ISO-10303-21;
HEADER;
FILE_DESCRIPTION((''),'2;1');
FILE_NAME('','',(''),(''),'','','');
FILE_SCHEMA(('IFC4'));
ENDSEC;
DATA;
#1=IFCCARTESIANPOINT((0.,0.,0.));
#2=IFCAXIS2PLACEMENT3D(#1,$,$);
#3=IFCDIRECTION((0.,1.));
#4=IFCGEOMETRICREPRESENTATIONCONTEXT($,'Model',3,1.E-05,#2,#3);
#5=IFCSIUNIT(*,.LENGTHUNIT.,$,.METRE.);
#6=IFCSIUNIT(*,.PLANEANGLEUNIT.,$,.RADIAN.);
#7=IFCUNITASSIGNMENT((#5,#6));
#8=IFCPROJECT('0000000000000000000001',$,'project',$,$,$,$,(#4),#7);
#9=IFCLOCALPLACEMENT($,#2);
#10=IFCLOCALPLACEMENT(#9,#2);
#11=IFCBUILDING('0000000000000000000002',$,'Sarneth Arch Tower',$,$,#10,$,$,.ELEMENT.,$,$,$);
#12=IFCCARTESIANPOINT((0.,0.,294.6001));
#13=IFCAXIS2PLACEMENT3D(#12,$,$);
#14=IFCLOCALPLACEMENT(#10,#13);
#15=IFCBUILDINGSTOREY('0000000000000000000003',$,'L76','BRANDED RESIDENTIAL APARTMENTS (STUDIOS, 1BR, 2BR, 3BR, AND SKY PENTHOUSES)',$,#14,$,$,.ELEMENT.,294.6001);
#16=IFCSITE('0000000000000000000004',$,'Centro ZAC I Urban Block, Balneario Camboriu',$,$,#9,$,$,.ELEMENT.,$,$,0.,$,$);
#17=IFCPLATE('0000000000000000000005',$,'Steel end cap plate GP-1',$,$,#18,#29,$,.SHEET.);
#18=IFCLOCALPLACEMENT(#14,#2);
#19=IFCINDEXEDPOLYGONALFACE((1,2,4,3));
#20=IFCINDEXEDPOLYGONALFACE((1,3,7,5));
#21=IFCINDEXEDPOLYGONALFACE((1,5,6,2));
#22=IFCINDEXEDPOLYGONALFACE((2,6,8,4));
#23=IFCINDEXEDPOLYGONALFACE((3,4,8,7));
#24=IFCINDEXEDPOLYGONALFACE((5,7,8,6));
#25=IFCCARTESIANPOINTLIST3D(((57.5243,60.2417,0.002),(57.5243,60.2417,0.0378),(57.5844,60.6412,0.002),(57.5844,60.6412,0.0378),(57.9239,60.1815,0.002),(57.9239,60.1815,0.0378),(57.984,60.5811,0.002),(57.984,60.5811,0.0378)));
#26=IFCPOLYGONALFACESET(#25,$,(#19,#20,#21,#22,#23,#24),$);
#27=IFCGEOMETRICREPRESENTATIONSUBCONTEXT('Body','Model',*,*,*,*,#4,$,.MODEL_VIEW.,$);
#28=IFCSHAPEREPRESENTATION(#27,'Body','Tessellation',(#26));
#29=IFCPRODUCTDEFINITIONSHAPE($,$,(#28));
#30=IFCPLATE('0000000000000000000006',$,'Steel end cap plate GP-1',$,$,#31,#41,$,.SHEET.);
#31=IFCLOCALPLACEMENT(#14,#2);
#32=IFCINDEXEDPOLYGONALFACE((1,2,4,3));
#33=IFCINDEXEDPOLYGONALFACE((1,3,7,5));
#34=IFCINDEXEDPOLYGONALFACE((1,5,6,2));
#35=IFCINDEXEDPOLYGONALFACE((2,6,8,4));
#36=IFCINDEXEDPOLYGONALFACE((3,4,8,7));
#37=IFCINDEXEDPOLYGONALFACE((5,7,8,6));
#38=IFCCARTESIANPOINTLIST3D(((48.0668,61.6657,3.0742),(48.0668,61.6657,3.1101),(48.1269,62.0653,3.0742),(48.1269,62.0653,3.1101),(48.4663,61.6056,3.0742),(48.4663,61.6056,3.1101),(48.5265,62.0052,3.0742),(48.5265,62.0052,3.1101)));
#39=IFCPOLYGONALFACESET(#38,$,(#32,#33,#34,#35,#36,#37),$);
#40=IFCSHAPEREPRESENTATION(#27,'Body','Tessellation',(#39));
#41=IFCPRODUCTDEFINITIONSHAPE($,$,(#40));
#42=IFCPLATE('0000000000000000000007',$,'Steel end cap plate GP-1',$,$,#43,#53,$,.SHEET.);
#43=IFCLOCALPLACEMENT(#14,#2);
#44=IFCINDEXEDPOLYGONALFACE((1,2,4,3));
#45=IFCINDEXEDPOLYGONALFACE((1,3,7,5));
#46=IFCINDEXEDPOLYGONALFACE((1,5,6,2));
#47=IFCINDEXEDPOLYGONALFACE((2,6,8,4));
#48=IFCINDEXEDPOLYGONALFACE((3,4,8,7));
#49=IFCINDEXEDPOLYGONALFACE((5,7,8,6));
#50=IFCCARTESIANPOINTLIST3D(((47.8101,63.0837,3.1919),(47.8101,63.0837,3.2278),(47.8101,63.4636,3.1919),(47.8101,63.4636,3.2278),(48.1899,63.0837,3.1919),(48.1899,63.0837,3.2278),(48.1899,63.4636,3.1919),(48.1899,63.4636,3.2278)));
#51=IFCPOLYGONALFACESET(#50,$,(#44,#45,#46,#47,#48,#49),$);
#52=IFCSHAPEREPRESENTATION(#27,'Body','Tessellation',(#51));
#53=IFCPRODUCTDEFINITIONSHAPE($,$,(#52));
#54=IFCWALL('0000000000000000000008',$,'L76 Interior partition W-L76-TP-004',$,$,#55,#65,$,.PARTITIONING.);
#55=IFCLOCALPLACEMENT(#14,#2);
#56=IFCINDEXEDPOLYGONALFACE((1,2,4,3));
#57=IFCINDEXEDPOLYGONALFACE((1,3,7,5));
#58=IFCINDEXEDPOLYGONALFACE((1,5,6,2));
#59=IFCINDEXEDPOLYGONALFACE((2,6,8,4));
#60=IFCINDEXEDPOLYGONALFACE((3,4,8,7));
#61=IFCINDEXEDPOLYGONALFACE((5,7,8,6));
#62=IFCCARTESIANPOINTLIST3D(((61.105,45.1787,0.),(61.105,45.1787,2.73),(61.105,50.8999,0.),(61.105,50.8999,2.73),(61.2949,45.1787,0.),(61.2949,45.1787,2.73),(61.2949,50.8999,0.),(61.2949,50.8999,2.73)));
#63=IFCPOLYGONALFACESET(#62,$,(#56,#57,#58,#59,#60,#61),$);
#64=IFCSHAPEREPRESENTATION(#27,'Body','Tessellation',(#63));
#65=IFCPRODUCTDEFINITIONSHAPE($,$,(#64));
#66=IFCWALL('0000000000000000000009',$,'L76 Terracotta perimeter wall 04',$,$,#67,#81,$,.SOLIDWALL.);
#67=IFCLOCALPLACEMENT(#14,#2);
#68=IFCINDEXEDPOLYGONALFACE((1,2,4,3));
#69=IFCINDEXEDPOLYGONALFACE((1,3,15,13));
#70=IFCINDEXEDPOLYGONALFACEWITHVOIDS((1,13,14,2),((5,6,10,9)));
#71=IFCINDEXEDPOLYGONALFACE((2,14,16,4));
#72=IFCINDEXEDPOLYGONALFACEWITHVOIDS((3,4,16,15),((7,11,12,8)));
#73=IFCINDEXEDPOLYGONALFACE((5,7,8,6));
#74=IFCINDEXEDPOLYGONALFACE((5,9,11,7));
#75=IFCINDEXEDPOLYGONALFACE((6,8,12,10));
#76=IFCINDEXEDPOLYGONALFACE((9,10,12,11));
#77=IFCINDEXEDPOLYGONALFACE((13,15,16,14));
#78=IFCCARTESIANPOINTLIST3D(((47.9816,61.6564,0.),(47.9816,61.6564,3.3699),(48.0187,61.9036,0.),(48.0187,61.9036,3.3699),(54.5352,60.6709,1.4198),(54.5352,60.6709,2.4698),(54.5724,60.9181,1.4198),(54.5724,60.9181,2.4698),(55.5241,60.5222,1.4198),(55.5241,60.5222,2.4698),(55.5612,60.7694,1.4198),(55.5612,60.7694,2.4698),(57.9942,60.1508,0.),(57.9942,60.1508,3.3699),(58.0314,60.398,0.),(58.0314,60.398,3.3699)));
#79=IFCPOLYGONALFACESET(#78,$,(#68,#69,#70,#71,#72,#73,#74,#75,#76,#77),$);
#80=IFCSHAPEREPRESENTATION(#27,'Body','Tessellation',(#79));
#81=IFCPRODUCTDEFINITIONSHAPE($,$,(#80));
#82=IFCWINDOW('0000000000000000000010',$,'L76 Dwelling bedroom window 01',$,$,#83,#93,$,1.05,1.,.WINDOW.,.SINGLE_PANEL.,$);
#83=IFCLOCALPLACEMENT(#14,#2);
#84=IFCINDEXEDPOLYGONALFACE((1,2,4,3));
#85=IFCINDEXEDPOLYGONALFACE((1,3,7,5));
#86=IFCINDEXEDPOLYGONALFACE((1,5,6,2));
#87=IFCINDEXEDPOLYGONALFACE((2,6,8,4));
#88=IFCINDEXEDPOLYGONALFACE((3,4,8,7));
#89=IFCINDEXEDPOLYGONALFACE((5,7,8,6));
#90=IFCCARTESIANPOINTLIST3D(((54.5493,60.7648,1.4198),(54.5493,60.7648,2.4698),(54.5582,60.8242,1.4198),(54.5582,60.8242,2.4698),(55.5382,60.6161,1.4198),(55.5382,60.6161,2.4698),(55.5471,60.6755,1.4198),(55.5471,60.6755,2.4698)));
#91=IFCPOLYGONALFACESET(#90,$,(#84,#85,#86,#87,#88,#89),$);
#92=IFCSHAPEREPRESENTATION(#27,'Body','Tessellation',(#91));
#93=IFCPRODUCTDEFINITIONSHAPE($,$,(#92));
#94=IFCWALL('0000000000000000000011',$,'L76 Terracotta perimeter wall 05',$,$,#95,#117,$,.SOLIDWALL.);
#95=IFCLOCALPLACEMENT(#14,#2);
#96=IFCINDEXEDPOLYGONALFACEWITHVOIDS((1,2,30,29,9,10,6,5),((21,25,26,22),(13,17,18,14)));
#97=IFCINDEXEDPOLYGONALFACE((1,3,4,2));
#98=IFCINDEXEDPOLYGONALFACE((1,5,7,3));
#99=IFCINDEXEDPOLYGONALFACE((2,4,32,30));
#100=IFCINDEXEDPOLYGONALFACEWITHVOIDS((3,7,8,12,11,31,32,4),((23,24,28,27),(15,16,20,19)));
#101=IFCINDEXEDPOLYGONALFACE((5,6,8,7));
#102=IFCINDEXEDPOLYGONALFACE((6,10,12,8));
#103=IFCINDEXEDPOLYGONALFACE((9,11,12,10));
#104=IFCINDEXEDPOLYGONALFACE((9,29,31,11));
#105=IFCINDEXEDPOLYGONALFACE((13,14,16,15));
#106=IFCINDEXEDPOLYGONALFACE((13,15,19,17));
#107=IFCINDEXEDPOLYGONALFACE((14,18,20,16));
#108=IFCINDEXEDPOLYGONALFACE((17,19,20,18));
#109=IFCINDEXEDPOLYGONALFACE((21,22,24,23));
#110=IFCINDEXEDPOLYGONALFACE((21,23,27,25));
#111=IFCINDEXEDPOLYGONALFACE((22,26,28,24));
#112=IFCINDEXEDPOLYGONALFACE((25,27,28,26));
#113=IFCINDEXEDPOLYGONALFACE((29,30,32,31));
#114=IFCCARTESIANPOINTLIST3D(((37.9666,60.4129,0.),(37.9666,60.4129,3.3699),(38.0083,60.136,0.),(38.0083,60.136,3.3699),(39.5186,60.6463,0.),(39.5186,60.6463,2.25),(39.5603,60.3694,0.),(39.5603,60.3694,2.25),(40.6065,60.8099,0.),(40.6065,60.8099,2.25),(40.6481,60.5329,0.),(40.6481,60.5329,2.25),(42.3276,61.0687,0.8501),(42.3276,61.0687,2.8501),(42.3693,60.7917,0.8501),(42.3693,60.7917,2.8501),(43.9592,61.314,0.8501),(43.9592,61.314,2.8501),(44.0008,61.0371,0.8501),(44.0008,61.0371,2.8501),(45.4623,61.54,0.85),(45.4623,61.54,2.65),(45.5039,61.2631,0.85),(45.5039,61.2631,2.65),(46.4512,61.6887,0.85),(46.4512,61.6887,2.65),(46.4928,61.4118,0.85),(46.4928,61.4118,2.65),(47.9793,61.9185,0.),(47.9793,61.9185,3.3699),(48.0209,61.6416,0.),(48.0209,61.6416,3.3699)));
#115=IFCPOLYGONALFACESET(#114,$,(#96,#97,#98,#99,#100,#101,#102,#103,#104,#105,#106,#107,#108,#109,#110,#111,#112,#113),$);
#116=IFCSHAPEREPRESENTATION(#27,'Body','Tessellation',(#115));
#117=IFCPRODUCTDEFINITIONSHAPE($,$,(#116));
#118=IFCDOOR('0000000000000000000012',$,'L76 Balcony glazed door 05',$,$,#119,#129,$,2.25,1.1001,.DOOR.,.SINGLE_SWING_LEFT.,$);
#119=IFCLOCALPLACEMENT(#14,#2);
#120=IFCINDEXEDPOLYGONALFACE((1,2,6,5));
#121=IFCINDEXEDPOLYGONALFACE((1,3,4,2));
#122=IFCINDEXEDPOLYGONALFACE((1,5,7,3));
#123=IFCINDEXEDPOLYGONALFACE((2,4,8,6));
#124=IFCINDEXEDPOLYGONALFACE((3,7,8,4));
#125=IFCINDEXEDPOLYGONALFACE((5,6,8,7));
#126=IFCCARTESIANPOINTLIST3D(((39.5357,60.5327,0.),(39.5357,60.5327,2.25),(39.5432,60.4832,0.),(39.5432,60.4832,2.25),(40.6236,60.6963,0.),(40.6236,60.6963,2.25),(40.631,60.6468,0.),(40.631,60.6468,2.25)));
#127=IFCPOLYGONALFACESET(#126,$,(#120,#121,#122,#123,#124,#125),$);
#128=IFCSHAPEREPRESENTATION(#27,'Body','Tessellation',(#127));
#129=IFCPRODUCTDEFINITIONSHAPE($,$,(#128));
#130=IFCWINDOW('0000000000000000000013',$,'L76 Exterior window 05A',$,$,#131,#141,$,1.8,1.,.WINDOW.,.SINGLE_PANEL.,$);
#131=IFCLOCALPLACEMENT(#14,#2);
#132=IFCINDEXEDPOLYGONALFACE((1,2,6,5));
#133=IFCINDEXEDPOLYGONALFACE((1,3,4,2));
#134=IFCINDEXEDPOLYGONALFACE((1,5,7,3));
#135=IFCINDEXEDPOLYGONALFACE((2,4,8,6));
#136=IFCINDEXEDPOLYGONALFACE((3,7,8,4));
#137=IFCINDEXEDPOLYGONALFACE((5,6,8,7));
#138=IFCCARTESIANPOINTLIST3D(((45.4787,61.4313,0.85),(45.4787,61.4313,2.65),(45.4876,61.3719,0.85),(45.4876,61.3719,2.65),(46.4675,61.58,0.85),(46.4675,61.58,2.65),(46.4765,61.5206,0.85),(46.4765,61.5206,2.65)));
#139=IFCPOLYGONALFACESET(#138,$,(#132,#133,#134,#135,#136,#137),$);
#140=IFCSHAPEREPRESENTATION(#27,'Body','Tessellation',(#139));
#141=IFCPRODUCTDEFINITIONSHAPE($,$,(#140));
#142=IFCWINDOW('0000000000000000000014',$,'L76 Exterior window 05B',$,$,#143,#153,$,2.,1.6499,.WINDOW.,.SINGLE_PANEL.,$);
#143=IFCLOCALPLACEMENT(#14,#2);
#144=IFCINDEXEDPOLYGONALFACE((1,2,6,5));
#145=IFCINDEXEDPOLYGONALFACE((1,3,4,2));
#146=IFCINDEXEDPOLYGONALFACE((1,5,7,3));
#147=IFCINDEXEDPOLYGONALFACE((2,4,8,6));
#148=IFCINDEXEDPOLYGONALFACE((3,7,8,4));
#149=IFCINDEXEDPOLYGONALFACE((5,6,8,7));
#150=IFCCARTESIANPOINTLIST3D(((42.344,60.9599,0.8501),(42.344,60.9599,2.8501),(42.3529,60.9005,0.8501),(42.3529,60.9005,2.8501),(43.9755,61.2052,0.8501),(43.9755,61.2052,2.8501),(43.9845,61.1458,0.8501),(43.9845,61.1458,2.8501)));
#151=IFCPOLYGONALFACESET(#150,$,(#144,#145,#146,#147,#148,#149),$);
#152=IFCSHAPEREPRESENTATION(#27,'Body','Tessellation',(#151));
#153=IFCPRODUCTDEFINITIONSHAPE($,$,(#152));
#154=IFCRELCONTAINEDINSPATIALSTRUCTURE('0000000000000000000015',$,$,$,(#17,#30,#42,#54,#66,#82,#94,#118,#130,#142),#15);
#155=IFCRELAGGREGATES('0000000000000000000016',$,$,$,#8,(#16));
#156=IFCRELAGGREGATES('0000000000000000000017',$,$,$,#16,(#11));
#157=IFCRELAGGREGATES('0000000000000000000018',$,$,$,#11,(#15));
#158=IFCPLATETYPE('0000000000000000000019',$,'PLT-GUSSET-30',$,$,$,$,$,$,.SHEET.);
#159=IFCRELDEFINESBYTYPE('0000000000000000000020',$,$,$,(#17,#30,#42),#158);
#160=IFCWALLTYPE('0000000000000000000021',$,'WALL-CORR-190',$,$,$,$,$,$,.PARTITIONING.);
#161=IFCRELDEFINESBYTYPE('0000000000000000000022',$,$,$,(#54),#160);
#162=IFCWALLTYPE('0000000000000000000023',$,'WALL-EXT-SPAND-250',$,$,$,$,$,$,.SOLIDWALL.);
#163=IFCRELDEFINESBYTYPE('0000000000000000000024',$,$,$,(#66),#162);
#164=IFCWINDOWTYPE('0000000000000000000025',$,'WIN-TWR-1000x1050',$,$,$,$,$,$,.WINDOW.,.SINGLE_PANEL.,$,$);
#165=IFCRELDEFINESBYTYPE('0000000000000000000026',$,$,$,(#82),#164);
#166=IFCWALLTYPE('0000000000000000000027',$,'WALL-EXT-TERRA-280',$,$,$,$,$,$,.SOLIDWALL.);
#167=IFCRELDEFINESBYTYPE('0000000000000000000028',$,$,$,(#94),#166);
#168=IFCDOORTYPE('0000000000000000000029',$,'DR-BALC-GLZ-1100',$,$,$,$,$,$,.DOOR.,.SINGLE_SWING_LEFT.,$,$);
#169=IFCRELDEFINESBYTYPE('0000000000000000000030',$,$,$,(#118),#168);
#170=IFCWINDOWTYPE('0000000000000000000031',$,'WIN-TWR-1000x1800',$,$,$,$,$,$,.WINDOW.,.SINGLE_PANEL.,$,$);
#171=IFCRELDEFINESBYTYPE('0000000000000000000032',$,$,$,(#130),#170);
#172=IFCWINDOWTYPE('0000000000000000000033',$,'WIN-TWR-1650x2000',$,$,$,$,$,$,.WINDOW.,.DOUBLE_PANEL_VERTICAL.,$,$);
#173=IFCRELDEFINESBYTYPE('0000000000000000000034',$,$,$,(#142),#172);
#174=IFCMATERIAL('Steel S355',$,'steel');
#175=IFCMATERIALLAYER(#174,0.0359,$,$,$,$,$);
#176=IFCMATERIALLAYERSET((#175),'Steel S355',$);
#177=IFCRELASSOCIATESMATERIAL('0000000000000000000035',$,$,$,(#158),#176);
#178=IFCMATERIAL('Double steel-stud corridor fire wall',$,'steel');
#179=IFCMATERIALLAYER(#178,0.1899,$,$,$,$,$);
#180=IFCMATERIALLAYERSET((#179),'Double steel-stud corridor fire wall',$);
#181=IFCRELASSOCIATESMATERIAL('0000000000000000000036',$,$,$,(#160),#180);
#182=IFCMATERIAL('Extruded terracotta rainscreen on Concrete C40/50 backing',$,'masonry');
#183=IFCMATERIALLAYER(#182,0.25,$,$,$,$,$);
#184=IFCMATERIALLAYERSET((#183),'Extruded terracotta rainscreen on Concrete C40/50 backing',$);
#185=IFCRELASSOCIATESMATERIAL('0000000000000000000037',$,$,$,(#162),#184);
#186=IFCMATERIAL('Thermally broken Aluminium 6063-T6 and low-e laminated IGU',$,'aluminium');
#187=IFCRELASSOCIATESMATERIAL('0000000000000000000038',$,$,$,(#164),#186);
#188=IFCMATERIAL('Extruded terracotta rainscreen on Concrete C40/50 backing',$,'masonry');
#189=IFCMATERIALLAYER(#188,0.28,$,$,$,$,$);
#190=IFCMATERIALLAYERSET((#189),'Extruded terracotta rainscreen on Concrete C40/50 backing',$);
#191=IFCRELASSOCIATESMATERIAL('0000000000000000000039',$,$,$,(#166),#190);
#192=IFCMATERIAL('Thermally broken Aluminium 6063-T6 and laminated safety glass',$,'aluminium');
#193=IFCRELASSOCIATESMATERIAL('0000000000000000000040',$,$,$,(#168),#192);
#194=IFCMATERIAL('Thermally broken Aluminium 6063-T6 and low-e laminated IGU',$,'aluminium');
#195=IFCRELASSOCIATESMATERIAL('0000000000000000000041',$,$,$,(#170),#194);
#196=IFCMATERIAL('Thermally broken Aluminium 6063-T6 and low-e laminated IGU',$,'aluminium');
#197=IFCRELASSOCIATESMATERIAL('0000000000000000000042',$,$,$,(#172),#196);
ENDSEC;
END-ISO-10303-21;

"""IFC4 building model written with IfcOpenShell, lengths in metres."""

from ifc_helpers import new_model, si_unit, direction, frame, frame_2d, origin, origin_2d, place, context, subcontext, project, spatial, rectangle, extrude, material, layer, layer_set, type_object, element, fill, save


model = new_model("IFC4")

# Units and contexts
model_context = context("Model", 3, precision=1e-05, world=origin(), true_north=direction((0.0, 1.0)))
body_context = subcontext(model_context, "Body", "Model", "MODEL_VIEW")
ifc_project = project(units=[si_unit("LENGTHUNIT", "METRE"), si_unit("PLANEANGLEUNIT", "RADIAN")], contexts=[model_context])

# Site, building, storey
site_placement = place(None, origin())
site = spatial("IfcSite", under=ifc_project, at=site_placement, Name="Centro ZAC I Urban Block, Balneario Camboriu", CompositionType="ELEMENT", RefElevation=0.0)
building_placement = place(site_placement, origin())
building = spatial("IfcBuilding", under=site, at=building_placement, Name="Sarneth Arch Tower", CompositionType="ELEMENT")
storey_placement = place(building_placement, frame((0.0, 0.0, 294.6001)))
storey = spatial("IfcBuildingStorey", under=building, at=storey_placement, Name="L76", Description="BRANDED RESIDENTIAL APARTMENTS (STUDIOS, 1BR, 2BR, 3BR, AND SKY PENTHOUSES)", CompositionType="ELEMENT", Elevation=294.6001)

# Plates
ifc_material_1 = material(Name="Steel S355", Category="steel")
ifc_layer_1 = layer(ifc_material_1, 0.0359)
ifc_layer_set_1 = layer_set([ifc_layer_1], Name="Steel S355")
plate_type = type_object("IfcPlateType", Name="PLT-GUSSET-30", PredefinedType="SHEET", material=ifc_layer_set_1)
for number, where, z_axis, x_axis, name in (
    (1, (57.7542, 60.4114, 0.002), (0.0, 0.0, 1.0), (-0.988861, 0.148845, 0.0), "Steel end cap plate GP-1"),
    (2, (48.2966, 61.8354, 3.0742), (0.0, 0.0, 1.0), (-0.988861, 0.148845, 0.0), "Steel end cap plate GP-1"),
):
    element("IfcPlate", number, at=place(storey_placement, frame(where, z_axis=z_axis, x_axis=x_axis)), inside=storey, type_object=plate_type, Name=name, PredefinedType="SHEET", context=body_context, shape_type="SweptSolid", body=[
        extrude(rectangle(XDim=0.4041, YDim=0.4041, at=origin_2d()), origin(), (0.0, 0.0, 1.0), 0.0359),
    ])
plate_placement = place(storey_placement, frame((48.0, 63.2737, 3.1919), z_axis=(0.0, 0.0, 1.0), x_axis=(0.0, 1.0, 0.0)))
element("IfcPlate", 3, at=plate_placement, inside=storey, type_object=plate_type, Name="Steel end cap plate GP-1", PredefinedType="SHEET", context=body_context, shape_type="SweptSolid", body=[
    extrude(rectangle(XDim=0.3799, YDim=0.3799, at=origin_2d()), origin(), (0.0, 0.0, 1.0), 0.0359),
])

# Wall
ifc_material_2 = material(Name="Double steel-stud corridor fire wall", Category="steel")
ifc_layer_2 = layer(ifc_material_2, 0.1899)
ifc_layer_set_2 = layer_set([ifc_layer_2], Name="Double steel-stud corridor fire wall")
wall_type_1 = type_object("IfcWallType", Name="WALL-CORR-190", PredefinedType="PARTITIONING", material=ifc_layer_set_2)
wall_1_placement = place(storey_placement, frame((61.2, 50.8999, 0.0), z_axis=(0.0, 0.0, 1.0), x_axis=(0.0, -1.0, 0.0)))
element("IfcWall", 4, at=wall_1_placement, inside=storey, type_object=wall_type_1, Name="L76 Interior partition W-L76-TP-004", PredefinedType="PARTITIONING", context=body_context, shape_type="SweptSolid", body=[
    extrude(rectangle(XDim=5.7212, YDim=0.1899, at=frame_2d((2.8606, 0.0))), origin(), (0.0, 0.0, 1.0), 2.73),
])

# Wall, opening, window
ifc_material_3 = material(Name="Extruded terracotta rainscreen on Concrete C40/50 backing", Category="masonry")
ifc_layer_3 = layer(ifc_material_3, 0.25)
ifc_layer_set_3 = layer_set([ifc_layer_3], Name="Extruded terracotta rainscreen on Concrete C40/50 backing")
wall_type_2 = type_object("IfcWallType", Name="WALL-EXT-SPAND-250", PredefinedType="SOLIDWALL", material=ifc_layer_set_3)
wall_2_placement = place(storey_placement, frame((58.0127, 60.2744, 0.0), z_axis=(0.0, 0.0, 1.0), x_axis=(-0.988883, 0.148699, 0.0)))
wall_2 = element("IfcWall", 5, at=wall_2_placement, inside=storey, type_object=wall_type_2, Name="L76 Terracotta perimeter wall 04", PredefinedType="SOLIDWALL", context=body_context, shape_type="SweptSolid", body=[
    extrude(rectangle(XDim=10.1252, YDim=0.25, at=frame_2d((5.0625, 0.0))), origin(), (0.0, 0.0, 1.0), 3.3699),
])
opening_1_placement = place(wall_2_placement, frame((2.4978, 0.0, 1.4199)))
opening_1 = element("IfcOpeningElement", 6, at=opening_1_placement, cuts=wall_2, PredefinedType="OPENING", context=body_context, shape_type="SweptSolid", body=[
    extrude(rectangle(XDim=1.0, YDim=1.05, at=frame_2d((0.5, 0.5249))), frame((0.0, 0.135, 0.0), z_axis=(0.0, -1.0, 0.0), x_axis=(1.0, 0.0, 0.0)), (0.0, 0.0, 1.0), 0.27),
])
ifc_material_4 = material(Name="Thermally broken Aluminium 6063-T6 and low-e laminated IGU", Category="aluminium")
window_type_1 = type_object("IfcWindowType", Name="WIN-TWR-1000x1050", PartitioningType="SINGLE_PANEL", PredefinedType="WINDOW", material=ifc_material_4)
window_1_placement = place(opening_1_placement, origin())
window_1 = element("IfcWindow", 7, at=window_1_placement, inside=storey, type_object=window_type_1, Name="L76 Dwelling bedroom window 01", OverallHeight=1.05, OverallWidth=1.0, PartitioningType="SINGLE_PANEL", PredefinedType="WINDOW", context=body_context, shape_type="SweptSolid", body=[
    extrude(rectangle(XDim=1.0, YDim=1.05, at=frame_2d((0.5, 0.5249))), frame((0.0, 0.03, 0.0), z_axis=(0.0, -1.0, 0.0), x_axis=(1.0, 0.0, 0.0)), (0.0, 0.0, 1.0), 0.0601),
])
fill(opening_1, window_1)

# Wall, openings, door, windows
ifc_material_5 = material(Name="Extruded terracotta rainscreen on Concrete C40/50 backing", Category="masonry")
ifc_layer_4 = layer(ifc_material_5, 0.28)
ifc_layer_set_4 = layer_set([ifc_layer_4], Name="Extruded terracotta rainscreen on Concrete C40/50 backing")
wall_type_3 = type_object("IfcWallType", Name="WALL-EXT-TERRA-280", PredefinedType="SOLIDWALL", material=ifc_layer_set_4)
wall_3_placement = place(storey_placement, frame((48.0, 61.78, 0.0), z_axis=(0.0, 0.0, 1.0), x_axis=(-0.988883, -0.148699, 0.0)))
wall_3 = element("IfcWall", 8, at=wall_3_placement, inside=storey, type_object=wall_type_3, Name="L76 Terracotta perimeter wall 05", PredefinedType="SOLIDWALL", context=body_context, shape_type="SweptSolid", body=[
    extrude(rectangle(XDim=10.1252, YDim=0.28, at=frame_2d((5.0625, 0.0))), origin(), (0.0, 0.0, 1.0), 3.3699),
])
opening_2_placement = place(wall_3_placement, frame((1.5452, 0.0, 0.8501)))
opening_2 = element("IfcOpeningElement", 9, at=opening_2_placement, cuts=wall_3, PredefinedType="OPENING", context=body_context, shape_type="SweptSolid", body=[
    extrude(rectangle(XDim=1.0, YDim=1.8, at=frame_2d((0.5, 0.8999))), frame((0.0, 0.1499, 0.0), z_axis=(0.0, -1.0, 0.0), x_axis=(1.0, 0.0, 0.0)), (0.0, 0.0, 1.0), 0.3),
])
opening_3_placement = place(wall_3_placement, frame((4.0652, 0.0, 0.8501)))
opening_3 = element("IfcOpeningElement", 10, at=opening_3_placement, cuts=wall_3, PredefinedType="OPENING", context=body_context, shape_type="SweptSolid", body=[
    extrude(rectangle(XDim=1.6499, YDim=2.0, at=frame_2d((0.825, 1.0))), frame((0.0, 0.1499, 0.0), z_axis=(0.0, -1.0, 0.0), x_axis=(1.0, 0.0, 0.0)), (0.0, 0.0, 1.0), 0.3),
])
opening_4_placement = place(wall_3_placement, frame((7.4556, 0.0, 0.0)))
opening_4 = element("IfcOpeningElement", 11, at=opening_4_placement, cuts=wall_3, PredefinedType="OPENING", context=body_context, shape_type="SweptSolid", body=[
    extrude(rectangle(XDim=1.1001, YDim=2.25, at=frame_2d((0.55, 1.125))), frame((0.0, 0.1499, 0.0), z_axis=(0.0, -1.0, 0.0), x_axis=(1.0, 0.0, 0.0)), (0.0, 0.0, 1.0), 0.3),
])
ifc_material_6 = material(Name="Thermally broken Aluminium 6063-T6 and laminated safety glass", Category="aluminium")
door_type_1 = type_object("IfcDoorType", Name="DR-BALC-GLZ-1100", OperationType="SINGLE_SWING_LEFT", PredefinedType="DOOR", material=ifc_material_6)
door_1_placement = place(opening_4_placement, origin())
door_1 = element("IfcDoor", 12, at=door_1_placement, inside=storey, type_object=door_type_1, Name="L76 Balcony glazed door 05", OperationType="SINGLE_SWING_LEFT", OverallHeight=2.25, OverallWidth=1.1001, PredefinedType="DOOR", context=body_context, shape_type="SweptSolid", body=[
    extrude(rectangle(XDim=1.1001, YDim=2.25, at=frame_2d((0.55, 1.125))), frame((0.0, 0.0249, 0.0), z_axis=(0.0, -1.0, 0.0), x_axis=(1.0, 0.0, 0.0)), (0.0, 0.0, 1.0), 0.05),
])
fill(opening_4, door_1)
ifc_material_7 = material(Name="Thermally broken Aluminium 6063-T6 and low-e laminated IGU", Category="aluminium")
window_type_2 = type_object("IfcWindowType", Name="WIN-TWR-1000x1800", PartitioningType="SINGLE_PANEL", PredefinedType="WINDOW", material=ifc_material_7)
window_2_placement = place(opening_2_placement, origin())
window_2 = element("IfcWindow", 13, at=window_2_placement, inside=storey, type_object=window_type_2, Name="L76 Exterior window 05A", OverallHeight=1.8, OverallWidth=1.0, PartitioningType="SINGLE_PANEL", PredefinedType="WINDOW", context=body_context, shape_type="SweptSolid", body=[
    extrude(rectangle(XDim=1.0, YDim=1.8, at=frame_2d((0.5, 0.8999))), frame((0.0, 0.03, 0.0), z_axis=(0.0, -1.0, 0.0), x_axis=(1.0, 0.0, 0.0)), (0.0, 0.0, 1.0), 0.0601),
])
fill(opening_2, window_2)
ifc_material_8 = material(Name="Thermally broken Aluminium 6063-T6 and low-e laminated IGU", Category="aluminium")
window_type_3 = type_object("IfcWindowType", Name="WIN-TWR-1650x2000", PartitioningType="DOUBLE_PANEL_VERTICAL", PredefinedType="WINDOW", material=ifc_material_8)
window_3_placement = place(opening_3_placement, origin())
window_3 = element("IfcWindow", 14, at=window_3_placement, inside=storey, type_object=window_type_3, Name="L76 Exterior window 05B", OverallHeight=2.0, OverallWidth=1.6499, PartitioningType="SINGLE_PANEL", PredefinedType="WINDOW", context=body_context, shape_type="SweptSolid", body=[
    extrude(rectangle(XDim=1.6499, YDim=2.0, at=frame_2d((0.825, 1.0))), frame((0.0, 0.03, 0.0), z_axis=(0.0, -1.0, 0.0), x_axis=(1.0, 0.0, 0.0)), (0.0, 0.0, 1.0), 0.0601),
])
fill(opening_3, window_3)

save(model, "model.ifc")
